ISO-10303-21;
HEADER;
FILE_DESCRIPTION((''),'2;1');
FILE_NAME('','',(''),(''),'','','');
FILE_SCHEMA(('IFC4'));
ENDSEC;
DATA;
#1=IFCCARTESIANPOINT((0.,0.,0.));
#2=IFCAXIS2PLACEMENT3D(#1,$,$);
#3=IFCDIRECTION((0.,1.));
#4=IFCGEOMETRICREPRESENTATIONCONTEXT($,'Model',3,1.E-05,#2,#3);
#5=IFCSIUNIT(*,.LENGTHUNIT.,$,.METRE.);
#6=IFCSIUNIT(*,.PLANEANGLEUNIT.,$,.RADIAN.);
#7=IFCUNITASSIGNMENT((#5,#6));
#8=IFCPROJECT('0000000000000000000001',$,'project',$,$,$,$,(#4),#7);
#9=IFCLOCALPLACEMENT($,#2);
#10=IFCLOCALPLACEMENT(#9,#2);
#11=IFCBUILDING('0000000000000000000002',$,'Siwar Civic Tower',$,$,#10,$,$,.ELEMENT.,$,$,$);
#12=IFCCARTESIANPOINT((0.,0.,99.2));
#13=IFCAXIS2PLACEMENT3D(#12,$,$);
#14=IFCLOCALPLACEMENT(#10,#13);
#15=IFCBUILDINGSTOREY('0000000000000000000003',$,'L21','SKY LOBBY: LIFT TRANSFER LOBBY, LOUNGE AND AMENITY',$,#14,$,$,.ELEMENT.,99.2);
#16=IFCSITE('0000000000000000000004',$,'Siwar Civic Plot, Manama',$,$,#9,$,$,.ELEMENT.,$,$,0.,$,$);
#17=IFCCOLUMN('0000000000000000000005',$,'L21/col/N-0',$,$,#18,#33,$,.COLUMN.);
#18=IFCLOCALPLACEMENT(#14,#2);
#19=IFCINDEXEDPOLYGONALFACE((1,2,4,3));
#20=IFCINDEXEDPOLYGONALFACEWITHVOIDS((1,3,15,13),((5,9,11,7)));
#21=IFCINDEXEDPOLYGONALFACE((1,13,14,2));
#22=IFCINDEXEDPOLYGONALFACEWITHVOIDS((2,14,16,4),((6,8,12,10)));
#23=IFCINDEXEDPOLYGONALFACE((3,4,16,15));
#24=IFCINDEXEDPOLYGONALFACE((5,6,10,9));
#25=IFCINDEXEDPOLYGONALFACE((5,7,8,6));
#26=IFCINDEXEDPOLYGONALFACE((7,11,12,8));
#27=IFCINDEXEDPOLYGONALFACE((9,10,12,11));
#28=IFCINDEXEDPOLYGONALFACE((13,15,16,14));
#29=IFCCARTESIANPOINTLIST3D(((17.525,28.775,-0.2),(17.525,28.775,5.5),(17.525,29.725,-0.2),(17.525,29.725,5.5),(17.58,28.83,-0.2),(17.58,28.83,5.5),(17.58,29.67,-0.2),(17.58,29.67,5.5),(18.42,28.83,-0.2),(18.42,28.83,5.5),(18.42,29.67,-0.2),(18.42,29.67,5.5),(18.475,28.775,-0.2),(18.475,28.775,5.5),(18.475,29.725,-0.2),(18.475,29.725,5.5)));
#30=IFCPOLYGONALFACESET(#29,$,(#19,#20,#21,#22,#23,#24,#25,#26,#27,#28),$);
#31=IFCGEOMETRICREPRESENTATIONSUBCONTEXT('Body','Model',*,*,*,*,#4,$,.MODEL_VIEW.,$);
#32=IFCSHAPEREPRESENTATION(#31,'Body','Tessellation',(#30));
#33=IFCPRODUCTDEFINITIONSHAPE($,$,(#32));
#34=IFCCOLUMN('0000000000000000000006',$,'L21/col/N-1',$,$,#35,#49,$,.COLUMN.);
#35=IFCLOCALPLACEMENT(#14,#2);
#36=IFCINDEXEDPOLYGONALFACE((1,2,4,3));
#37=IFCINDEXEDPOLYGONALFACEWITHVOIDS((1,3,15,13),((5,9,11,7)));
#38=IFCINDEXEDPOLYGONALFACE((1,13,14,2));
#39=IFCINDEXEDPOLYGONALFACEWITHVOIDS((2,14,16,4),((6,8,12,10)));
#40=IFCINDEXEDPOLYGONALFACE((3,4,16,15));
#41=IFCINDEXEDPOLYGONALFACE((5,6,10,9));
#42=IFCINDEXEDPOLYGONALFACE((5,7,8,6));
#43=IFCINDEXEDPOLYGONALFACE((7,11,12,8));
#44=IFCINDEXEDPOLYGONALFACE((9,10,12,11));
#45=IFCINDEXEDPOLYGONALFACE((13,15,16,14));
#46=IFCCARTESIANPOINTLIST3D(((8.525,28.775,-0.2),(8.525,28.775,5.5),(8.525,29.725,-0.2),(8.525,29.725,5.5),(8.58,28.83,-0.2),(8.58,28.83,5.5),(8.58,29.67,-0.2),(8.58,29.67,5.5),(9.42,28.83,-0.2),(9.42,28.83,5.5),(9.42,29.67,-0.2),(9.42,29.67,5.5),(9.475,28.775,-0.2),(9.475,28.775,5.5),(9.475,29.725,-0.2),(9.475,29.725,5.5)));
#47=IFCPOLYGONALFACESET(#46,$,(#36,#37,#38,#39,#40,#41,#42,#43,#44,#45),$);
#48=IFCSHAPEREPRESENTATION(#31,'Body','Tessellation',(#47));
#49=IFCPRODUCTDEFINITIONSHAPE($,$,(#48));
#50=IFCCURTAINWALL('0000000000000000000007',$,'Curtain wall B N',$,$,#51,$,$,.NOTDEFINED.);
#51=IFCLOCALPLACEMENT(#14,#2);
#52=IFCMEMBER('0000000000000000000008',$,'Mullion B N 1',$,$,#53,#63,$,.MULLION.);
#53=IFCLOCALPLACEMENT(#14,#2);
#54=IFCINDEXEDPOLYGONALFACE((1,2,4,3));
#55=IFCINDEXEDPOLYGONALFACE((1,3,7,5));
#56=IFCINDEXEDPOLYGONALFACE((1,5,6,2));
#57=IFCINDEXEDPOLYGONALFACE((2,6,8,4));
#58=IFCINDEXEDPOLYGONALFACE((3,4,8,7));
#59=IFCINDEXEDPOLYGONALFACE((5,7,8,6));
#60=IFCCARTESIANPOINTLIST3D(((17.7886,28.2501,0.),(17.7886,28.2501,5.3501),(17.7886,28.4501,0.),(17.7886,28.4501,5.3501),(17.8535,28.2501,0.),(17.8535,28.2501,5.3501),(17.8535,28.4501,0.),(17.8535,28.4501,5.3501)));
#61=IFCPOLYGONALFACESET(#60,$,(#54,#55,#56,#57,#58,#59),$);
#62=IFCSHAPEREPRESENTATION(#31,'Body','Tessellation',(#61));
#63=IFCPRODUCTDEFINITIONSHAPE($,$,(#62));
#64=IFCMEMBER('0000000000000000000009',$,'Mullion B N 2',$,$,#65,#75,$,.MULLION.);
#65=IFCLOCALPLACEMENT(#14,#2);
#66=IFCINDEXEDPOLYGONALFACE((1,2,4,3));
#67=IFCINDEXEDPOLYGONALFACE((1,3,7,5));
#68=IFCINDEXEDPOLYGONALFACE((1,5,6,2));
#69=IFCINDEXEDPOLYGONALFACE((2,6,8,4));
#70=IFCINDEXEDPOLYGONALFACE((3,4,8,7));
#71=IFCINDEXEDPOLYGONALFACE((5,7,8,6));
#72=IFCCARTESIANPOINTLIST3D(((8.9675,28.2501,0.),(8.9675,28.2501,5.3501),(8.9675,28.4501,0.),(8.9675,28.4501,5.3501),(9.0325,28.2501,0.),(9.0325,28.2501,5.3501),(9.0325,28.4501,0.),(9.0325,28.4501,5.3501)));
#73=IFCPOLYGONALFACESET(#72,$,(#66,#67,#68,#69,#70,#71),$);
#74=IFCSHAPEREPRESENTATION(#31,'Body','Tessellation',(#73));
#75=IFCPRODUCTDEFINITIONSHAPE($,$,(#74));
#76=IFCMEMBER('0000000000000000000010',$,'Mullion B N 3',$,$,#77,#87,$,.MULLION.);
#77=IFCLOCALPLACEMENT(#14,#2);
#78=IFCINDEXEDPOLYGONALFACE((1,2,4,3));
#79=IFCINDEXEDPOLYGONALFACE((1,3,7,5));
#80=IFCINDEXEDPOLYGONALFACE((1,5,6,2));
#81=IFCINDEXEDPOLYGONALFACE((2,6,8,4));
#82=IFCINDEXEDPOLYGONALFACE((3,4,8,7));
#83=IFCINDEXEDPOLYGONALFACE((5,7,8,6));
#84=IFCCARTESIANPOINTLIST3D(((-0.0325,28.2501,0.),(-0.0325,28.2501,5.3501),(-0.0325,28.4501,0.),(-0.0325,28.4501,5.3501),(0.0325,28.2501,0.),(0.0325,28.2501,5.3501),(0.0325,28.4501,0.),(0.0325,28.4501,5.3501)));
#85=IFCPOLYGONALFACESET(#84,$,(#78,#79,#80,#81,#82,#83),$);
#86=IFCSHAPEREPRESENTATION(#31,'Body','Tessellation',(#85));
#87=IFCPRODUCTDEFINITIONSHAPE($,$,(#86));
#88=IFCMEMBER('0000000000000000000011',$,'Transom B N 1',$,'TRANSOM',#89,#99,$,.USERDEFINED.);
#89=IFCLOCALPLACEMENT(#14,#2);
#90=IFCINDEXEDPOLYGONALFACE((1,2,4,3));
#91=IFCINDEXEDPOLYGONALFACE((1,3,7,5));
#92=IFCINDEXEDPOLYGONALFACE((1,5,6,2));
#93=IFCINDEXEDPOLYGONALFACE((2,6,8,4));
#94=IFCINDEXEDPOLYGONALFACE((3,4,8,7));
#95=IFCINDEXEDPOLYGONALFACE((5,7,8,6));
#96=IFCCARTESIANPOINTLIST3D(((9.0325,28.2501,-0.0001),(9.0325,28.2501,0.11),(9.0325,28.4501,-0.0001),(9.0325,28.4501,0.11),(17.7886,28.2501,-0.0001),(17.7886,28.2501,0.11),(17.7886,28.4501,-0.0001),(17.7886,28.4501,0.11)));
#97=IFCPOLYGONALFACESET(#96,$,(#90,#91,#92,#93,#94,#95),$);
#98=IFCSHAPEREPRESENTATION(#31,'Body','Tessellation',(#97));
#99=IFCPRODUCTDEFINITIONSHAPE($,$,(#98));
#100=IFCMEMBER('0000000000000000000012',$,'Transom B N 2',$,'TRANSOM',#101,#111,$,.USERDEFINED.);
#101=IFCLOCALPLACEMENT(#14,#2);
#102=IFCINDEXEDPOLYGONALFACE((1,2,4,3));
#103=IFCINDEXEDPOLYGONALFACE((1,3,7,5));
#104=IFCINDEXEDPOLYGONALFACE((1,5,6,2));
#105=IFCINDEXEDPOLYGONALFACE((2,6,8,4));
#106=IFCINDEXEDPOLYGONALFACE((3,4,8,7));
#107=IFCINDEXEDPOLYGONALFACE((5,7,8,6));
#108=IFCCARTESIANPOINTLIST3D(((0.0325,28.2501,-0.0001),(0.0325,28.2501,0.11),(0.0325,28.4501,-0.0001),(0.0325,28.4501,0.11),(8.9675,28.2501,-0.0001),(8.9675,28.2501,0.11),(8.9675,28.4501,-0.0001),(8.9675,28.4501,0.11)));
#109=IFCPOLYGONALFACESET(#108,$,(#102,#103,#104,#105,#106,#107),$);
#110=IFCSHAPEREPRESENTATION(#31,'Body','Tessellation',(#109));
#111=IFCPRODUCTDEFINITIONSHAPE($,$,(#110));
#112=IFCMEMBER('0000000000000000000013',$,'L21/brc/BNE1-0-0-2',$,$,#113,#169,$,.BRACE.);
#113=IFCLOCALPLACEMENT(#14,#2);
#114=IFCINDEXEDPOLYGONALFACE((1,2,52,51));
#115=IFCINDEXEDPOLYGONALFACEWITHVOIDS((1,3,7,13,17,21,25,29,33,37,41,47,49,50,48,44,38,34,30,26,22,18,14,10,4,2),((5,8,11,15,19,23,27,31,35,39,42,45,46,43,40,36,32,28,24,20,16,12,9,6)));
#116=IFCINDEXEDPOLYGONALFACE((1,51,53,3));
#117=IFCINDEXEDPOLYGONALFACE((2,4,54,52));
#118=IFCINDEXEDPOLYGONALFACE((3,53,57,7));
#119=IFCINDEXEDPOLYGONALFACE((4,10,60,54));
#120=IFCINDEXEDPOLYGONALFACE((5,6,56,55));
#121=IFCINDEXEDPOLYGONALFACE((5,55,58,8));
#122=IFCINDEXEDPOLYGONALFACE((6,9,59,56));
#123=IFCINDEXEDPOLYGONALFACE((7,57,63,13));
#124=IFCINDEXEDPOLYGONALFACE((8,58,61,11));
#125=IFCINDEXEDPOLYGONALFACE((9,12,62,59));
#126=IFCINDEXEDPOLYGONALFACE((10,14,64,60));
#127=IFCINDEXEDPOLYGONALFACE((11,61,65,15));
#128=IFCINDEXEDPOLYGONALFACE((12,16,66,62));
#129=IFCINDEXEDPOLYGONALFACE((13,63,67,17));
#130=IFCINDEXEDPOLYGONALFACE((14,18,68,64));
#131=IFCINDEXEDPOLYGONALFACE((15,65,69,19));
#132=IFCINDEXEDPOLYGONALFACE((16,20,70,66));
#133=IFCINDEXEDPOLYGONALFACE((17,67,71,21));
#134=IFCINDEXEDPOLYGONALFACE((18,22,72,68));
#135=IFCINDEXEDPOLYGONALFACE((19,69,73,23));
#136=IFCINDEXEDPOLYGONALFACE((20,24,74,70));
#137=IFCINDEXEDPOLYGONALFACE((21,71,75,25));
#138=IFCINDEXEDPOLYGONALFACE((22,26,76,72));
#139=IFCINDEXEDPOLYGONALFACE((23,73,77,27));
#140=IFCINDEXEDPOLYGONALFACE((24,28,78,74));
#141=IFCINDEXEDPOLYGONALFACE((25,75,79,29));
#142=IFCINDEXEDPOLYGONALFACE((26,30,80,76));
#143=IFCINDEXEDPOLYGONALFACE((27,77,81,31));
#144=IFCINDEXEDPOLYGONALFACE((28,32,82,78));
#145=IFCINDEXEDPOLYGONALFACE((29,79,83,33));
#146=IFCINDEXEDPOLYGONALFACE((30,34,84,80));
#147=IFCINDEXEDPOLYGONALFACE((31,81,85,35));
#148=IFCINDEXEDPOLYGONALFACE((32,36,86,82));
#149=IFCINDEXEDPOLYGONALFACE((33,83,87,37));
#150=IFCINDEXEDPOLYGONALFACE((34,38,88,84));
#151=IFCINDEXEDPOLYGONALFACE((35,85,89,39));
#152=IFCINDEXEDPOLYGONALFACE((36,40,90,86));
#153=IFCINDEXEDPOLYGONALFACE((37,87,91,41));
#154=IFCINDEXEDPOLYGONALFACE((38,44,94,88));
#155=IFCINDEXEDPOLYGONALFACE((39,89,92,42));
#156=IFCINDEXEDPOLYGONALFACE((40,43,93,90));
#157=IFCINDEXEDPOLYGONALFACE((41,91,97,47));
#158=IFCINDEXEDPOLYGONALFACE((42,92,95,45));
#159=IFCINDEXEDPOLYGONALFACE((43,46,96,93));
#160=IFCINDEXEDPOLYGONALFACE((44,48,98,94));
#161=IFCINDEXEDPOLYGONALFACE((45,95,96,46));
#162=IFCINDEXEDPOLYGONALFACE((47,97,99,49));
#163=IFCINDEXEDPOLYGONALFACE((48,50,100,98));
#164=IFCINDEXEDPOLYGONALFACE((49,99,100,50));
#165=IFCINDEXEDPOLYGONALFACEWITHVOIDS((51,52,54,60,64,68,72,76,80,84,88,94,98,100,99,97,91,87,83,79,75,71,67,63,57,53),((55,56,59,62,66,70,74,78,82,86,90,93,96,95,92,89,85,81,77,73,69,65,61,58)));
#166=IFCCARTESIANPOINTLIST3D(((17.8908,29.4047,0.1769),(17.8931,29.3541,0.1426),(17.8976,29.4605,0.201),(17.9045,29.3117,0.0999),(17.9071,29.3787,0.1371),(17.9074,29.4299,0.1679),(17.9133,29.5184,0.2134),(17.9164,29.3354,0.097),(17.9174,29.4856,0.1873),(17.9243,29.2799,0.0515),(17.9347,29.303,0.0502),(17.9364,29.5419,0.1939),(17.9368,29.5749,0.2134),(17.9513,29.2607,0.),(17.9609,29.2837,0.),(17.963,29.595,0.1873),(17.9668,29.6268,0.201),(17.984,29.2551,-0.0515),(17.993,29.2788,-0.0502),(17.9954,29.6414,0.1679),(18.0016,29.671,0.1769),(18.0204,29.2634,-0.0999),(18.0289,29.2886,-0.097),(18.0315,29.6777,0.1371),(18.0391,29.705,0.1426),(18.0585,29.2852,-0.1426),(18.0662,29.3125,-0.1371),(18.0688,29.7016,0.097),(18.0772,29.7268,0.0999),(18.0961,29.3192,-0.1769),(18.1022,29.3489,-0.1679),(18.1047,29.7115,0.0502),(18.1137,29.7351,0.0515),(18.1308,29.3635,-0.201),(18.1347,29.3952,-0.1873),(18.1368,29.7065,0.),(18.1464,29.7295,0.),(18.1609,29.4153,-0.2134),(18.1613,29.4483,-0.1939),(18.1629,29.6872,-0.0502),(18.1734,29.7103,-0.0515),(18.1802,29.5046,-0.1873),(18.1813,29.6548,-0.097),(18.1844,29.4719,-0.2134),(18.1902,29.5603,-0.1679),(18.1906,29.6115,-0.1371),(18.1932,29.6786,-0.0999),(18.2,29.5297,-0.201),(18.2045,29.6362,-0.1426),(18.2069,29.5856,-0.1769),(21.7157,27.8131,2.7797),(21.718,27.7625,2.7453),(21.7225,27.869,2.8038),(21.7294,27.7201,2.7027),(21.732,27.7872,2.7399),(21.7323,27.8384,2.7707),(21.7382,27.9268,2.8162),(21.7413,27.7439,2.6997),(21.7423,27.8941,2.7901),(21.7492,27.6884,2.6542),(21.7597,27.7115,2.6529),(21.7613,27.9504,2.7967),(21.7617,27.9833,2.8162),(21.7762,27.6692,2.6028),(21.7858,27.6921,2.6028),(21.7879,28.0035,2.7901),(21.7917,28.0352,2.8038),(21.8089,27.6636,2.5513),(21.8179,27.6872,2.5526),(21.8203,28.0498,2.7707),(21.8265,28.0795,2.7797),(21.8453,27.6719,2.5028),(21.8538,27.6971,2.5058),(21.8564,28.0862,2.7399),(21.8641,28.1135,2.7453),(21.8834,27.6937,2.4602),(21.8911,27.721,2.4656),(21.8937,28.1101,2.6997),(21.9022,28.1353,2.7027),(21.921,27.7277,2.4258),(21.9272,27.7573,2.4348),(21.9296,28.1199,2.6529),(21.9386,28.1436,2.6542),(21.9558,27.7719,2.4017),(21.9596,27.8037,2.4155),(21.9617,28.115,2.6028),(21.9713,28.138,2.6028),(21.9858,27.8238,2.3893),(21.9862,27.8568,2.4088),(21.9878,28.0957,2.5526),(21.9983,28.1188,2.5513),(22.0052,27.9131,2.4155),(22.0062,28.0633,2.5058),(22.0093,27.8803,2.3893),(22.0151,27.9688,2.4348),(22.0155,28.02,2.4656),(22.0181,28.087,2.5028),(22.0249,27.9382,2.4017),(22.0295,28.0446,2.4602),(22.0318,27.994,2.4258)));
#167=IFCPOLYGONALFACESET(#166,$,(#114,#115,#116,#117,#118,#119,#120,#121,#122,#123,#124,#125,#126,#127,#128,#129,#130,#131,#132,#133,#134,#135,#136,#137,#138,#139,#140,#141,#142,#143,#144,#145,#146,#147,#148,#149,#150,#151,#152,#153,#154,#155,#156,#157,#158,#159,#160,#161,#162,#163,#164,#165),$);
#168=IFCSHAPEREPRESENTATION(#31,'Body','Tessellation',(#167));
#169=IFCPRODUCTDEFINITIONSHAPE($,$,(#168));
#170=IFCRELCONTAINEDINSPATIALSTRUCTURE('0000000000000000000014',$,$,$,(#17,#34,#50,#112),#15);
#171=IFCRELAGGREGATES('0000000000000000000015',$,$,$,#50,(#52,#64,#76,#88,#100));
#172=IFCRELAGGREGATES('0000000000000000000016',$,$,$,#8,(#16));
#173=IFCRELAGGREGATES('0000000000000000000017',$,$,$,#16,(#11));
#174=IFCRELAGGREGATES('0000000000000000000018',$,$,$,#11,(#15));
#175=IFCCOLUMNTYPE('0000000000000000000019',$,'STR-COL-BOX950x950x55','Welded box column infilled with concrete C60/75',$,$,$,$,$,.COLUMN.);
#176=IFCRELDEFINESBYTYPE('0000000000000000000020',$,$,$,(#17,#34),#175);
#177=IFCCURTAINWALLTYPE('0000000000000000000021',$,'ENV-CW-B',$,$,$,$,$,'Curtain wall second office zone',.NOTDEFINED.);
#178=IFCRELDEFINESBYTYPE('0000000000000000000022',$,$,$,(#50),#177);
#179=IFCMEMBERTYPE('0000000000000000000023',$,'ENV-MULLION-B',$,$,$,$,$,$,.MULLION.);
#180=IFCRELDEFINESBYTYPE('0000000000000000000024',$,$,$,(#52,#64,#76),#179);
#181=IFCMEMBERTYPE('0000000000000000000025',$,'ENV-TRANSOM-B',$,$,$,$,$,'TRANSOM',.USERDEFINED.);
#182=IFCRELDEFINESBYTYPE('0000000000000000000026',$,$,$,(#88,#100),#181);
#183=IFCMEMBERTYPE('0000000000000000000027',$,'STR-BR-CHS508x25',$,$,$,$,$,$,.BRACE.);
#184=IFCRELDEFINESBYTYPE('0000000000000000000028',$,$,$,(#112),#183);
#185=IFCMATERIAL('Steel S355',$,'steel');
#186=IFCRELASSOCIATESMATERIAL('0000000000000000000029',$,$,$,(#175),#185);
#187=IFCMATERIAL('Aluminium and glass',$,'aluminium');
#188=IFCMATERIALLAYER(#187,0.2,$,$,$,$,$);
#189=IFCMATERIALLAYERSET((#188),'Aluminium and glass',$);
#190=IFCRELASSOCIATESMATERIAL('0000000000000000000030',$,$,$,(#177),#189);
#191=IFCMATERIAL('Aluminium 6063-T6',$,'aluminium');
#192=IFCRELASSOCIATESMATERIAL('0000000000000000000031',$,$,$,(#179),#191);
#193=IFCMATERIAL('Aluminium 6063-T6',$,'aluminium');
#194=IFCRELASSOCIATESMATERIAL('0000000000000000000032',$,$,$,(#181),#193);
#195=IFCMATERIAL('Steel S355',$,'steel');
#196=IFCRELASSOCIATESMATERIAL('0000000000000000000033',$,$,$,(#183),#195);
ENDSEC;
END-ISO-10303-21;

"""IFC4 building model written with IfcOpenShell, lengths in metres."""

from ifc_helpers import new_model, si_unit, direction, frame, origin, origin_2d, place, context, subcontext, project, spatial, rectangle, hollow_rectangle, hollow_circle, extrude, material, layer, layer_set, material_profile, profile_set, type_object, element, aggregate, save


model = new_model("IFC4")

# Units and contexts
model_context = context("Model", 3, precision=1e-05, world=origin(), true_north=direction((0.0, 1.0)))
body_context = subcontext(model_context, "Body", "Model", "MODEL_VIEW")
ifc_project = project(units=[si_unit("LENGTHUNIT", "METRE"), si_unit("PLANEANGLEUNIT", "RADIAN")], contexts=[model_context])

# Site, building, storey
site_placement = place(None, origin())
site = spatial("IfcSite", under=ifc_project, at=site_placement, Name="Siwar Civic Plot, Manama", CompositionType="ELEMENT", RefElevation=0.0)
building_placement = place(site_placement, origin())
building = spatial("IfcBuilding", under=site, at=building_placement, Name="Siwar Civic Tower", CompositionType="ELEMENT")
storey_placement = place(building_placement, frame((0.0, 0.0, 99.2)))
storey = spatial("IfcBuildingStorey", under=building, at=storey_placement, Name="L21", Description="SKY LOBBY: LIFT TRANSFER LOBBY, LOUNGE AND AMENITY", CompositionType="ELEMENT", Elevation=99.2)

# Columns
ifc_material_1 = material(Name="Steel S355", Category="steel")
ifc_material_profile_1 = material_profile(ifc_material_1, hollow_rectangle(XDim=0.95, YDim=0.95, WallThickness=0.0549, at=origin_2d()), Name="BOX950x950x55")
ifc_profile_set_1 = profile_set([ifc_material_profile_1], Name="Steel S355")
column_type = type_object("IfcColumnType", Name="STR-COL-BOX950x950x55", Description="Welded box column infilled with concrete C60/75", PredefinedType="COLUMN", material=ifc_profile_set_1)
for number, where, z_axis, x_axis, name in (
    (1, (18.0, 29.25, -0.2), (0.0, 0.0, 1.0), (1.0, 0.0, 0.0), "L21/col/N-0"),
    (2, (9.0, 29.25, -0.2), (0.0, 0.0, 1.0), (1.0, 0.0, 0.0), "L21/col/N-1"),
):
    element("IfcColumn", number, at=place(storey_placement, frame(where, z_axis=z_axis, x_axis=x_axis)), inside=storey, type_object=column_type, Name=name, PredefinedType="COLUMN", context=body_context, shape_type="SweptSolid", body=[
        extrude(hollow_rectangle(XDim=0.95, YDim=0.95, WallThickness=0.0549, at=origin_2d()), origin(), (0.0, 0.0, 1.0), 5.7),
    ])

# Curtain wall, members
ifc_material_2 = material(Name="Aluminium and glass", Category="aluminium")
ifc_layer_1 = layer(ifc_material_2, 0.2)
ifc_layer_set_1 = layer_set([ifc_layer_1], Name="Aluminium and glass")
curtain_wall_type = type_object("IfcCurtainWallType", Name="ENV-CW-B", ElementType="Curtain wall second office zone", PredefinedType="NOTDEFINED", material=ifc_layer_set_1)
curtain_wall_placement = place(storey_placement, origin())
curtain_wall = element("IfcCurtainWall", 3, at=curtain_wall_placement, inside=storey, type_object=curtain_wall_type, Name="Curtain wall B N", PredefinedType="NOTDEFINED")
ifc_material_3 = material(Name="Aluminium 6063-T6", Category="aluminium")
ifc_material_profile_2 = material_profile(ifc_material_3, rectangle(XDim=0.2, YDim=0.0649, at=origin_2d()), Name="AL 200x65")
ifc_profile_set_2 = profile_set([ifc_material_profile_2], Name="Aluminium 6063-T6")
member_type_1 = type_object("IfcMemberType", Name="ENV-MULLION-B", PredefinedType="MULLION", material=ifc_profile_set_2)
member_1_placement = place(storey_placement, frame((17.821, 28.3501, 0.0), z_axis=(0.0, 0.0, 1.0), x_axis=(0.0, -1.0, 0.0)))
member_1 = element("IfcMember", 4, at=member_1_placement, type_object=member_type_1, Name="Mullion B N 1", PredefinedType="MULLION", context=body_context, shape_type="SweptSolid", body=[
    extrude(rectangle(XDim=0.2, YDim=0.0649, at=origin_2d()), origin(), (0.0, 0.0, 1.0), 5.3501),
])
member_2_placement = place(storey_placement, frame((9.0, 28.3501, 0.0), z_axis=(0.0, 0.0, 1.0), x_axis=(0.0, -1.0, 0.0)))
member_2 = element("IfcMember", 5, at=member_2_placement, type_object=member_type_1, Name="Mullion B N 2", PredefinedType="MULLION", context=body_context, shape_type="SweptSolid", body=[
    extrude(rectangle(XDim=0.2, YDim=0.0649, at=origin_2d()), origin(), (0.0, 0.0, 1.0), 5.3501),
])
member_3_placement = place(storey_placement, frame((0.0, 28.3501, 0.0), z_axis=(0.0, 0.0, 1.0), x_axis=(0.0, -1.0, 0.0)))
member_3 = element("IfcMember", 6, at=member_3_placement, type_object=member_type_1, Name="Mullion B N 3", PredefinedType="MULLION", context=body_context, shape_type="SweptSolid", body=[
    extrude(rectangle(XDim=0.2, YDim=0.0649, at=origin_2d()), origin(), (0.0, 0.0, 1.0), 5.3501),
])
ifc_material_4 = material(Name="Aluminium 6063-T6", Category="aluminium")
ifc_material_profile_3 = material_profile(ifc_material_4, rectangle(XDim=0.2, YDim=0.1101, at=origin_2d()), Name="AL 200x110")
ifc_profile_set_3 = profile_set([ifc_material_profile_3], Name="Aluminium 6063-T6")
member_type_2 = type_object("IfcMemberType", Name="ENV-TRANSOM-B", ElementType="TRANSOM", PredefinedType="USERDEFINED", material=ifc_profile_set_3)
member_4_placement = place(storey_placement, frame((17.7886, 28.3501, 0.0549), z_axis=(-1.0, 0.0, 0.0), x_axis=(0.0, -1.0, 0.0)))
member_4 = element("IfcMember", 7, at=member_4_placement, type_object=member_type_2, Name="Transom B N 1", ObjectType="TRANSOM", PredefinedType="USERDEFINED", context=body_context, shape_type="SweptSolid", body=[
    extrude(rectangle(XDim=0.2, YDim=0.1101, at=origin_2d()), origin(), (0.0, 0.0, 1.0), 8.7561),
])
member_5_placement = place(storey_placement, frame((8.9675, 28.3501, 0.0549), z_axis=(-1.0, 0.0, 0.0), x_axis=(0.0, -1.0, 0.0)))
member_5 = element("IfcMember", 8, at=member_5_placement, type_object=member_type_2, Name="Transom B N 2", ObjectType="TRANSOM", PredefinedType="USERDEFINED", context=body_context, shape_type="SweptSolid", body=[
    extrude(rectangle(XDim=0.2, YDim=0.1101, at=origin_2d()), origin(), (0.0, 0.0, 1.0), 8.9351),
])

# Member
ifc_material_5 = material(Name="Steel S355", Category="steel")
ifc_material_profile_4 = material_profile(ifc_material_5, hollow_circle(Radius=0.2539, WallThickness=0.0249, at=origin_2d()), Name="CHS508x25")
ifc_profile_set_4 = profile_set([ifc_material_profile_4], Name="Steel S355")
member_type_3 = type_object("IfcMemberType", Name="STR-BR-CHS508x25", PredefinedType="BRACE", material=ifc_profile_set_4)
member_6_placement = place(storey_placement, frame((18.0488, 29.4951, 0.0), z_axis=(0.781779, -0.325296, 0.531981), x_axis=(0.384168, 0.923263, 0.0)))
element("IfcMember", 9, at=member_6_placement, inside=storey, type_object=member_type_3, Name="L21/brc/BNE1-0-0-2", PredefinedType="BRACE", context=body_context, shape_type="SweptSolid", body=[
    extrude(hollow_circle(Radius=0.2539, WallThickness=0.0249, at=origin_2d()), origin(), (0.0, 0.0, 1.0), 4.8926),
])

aggregate(curtain_wall, [member_1, member_2, member_3, member_4, member_5])

save(model, "model.ifc")
